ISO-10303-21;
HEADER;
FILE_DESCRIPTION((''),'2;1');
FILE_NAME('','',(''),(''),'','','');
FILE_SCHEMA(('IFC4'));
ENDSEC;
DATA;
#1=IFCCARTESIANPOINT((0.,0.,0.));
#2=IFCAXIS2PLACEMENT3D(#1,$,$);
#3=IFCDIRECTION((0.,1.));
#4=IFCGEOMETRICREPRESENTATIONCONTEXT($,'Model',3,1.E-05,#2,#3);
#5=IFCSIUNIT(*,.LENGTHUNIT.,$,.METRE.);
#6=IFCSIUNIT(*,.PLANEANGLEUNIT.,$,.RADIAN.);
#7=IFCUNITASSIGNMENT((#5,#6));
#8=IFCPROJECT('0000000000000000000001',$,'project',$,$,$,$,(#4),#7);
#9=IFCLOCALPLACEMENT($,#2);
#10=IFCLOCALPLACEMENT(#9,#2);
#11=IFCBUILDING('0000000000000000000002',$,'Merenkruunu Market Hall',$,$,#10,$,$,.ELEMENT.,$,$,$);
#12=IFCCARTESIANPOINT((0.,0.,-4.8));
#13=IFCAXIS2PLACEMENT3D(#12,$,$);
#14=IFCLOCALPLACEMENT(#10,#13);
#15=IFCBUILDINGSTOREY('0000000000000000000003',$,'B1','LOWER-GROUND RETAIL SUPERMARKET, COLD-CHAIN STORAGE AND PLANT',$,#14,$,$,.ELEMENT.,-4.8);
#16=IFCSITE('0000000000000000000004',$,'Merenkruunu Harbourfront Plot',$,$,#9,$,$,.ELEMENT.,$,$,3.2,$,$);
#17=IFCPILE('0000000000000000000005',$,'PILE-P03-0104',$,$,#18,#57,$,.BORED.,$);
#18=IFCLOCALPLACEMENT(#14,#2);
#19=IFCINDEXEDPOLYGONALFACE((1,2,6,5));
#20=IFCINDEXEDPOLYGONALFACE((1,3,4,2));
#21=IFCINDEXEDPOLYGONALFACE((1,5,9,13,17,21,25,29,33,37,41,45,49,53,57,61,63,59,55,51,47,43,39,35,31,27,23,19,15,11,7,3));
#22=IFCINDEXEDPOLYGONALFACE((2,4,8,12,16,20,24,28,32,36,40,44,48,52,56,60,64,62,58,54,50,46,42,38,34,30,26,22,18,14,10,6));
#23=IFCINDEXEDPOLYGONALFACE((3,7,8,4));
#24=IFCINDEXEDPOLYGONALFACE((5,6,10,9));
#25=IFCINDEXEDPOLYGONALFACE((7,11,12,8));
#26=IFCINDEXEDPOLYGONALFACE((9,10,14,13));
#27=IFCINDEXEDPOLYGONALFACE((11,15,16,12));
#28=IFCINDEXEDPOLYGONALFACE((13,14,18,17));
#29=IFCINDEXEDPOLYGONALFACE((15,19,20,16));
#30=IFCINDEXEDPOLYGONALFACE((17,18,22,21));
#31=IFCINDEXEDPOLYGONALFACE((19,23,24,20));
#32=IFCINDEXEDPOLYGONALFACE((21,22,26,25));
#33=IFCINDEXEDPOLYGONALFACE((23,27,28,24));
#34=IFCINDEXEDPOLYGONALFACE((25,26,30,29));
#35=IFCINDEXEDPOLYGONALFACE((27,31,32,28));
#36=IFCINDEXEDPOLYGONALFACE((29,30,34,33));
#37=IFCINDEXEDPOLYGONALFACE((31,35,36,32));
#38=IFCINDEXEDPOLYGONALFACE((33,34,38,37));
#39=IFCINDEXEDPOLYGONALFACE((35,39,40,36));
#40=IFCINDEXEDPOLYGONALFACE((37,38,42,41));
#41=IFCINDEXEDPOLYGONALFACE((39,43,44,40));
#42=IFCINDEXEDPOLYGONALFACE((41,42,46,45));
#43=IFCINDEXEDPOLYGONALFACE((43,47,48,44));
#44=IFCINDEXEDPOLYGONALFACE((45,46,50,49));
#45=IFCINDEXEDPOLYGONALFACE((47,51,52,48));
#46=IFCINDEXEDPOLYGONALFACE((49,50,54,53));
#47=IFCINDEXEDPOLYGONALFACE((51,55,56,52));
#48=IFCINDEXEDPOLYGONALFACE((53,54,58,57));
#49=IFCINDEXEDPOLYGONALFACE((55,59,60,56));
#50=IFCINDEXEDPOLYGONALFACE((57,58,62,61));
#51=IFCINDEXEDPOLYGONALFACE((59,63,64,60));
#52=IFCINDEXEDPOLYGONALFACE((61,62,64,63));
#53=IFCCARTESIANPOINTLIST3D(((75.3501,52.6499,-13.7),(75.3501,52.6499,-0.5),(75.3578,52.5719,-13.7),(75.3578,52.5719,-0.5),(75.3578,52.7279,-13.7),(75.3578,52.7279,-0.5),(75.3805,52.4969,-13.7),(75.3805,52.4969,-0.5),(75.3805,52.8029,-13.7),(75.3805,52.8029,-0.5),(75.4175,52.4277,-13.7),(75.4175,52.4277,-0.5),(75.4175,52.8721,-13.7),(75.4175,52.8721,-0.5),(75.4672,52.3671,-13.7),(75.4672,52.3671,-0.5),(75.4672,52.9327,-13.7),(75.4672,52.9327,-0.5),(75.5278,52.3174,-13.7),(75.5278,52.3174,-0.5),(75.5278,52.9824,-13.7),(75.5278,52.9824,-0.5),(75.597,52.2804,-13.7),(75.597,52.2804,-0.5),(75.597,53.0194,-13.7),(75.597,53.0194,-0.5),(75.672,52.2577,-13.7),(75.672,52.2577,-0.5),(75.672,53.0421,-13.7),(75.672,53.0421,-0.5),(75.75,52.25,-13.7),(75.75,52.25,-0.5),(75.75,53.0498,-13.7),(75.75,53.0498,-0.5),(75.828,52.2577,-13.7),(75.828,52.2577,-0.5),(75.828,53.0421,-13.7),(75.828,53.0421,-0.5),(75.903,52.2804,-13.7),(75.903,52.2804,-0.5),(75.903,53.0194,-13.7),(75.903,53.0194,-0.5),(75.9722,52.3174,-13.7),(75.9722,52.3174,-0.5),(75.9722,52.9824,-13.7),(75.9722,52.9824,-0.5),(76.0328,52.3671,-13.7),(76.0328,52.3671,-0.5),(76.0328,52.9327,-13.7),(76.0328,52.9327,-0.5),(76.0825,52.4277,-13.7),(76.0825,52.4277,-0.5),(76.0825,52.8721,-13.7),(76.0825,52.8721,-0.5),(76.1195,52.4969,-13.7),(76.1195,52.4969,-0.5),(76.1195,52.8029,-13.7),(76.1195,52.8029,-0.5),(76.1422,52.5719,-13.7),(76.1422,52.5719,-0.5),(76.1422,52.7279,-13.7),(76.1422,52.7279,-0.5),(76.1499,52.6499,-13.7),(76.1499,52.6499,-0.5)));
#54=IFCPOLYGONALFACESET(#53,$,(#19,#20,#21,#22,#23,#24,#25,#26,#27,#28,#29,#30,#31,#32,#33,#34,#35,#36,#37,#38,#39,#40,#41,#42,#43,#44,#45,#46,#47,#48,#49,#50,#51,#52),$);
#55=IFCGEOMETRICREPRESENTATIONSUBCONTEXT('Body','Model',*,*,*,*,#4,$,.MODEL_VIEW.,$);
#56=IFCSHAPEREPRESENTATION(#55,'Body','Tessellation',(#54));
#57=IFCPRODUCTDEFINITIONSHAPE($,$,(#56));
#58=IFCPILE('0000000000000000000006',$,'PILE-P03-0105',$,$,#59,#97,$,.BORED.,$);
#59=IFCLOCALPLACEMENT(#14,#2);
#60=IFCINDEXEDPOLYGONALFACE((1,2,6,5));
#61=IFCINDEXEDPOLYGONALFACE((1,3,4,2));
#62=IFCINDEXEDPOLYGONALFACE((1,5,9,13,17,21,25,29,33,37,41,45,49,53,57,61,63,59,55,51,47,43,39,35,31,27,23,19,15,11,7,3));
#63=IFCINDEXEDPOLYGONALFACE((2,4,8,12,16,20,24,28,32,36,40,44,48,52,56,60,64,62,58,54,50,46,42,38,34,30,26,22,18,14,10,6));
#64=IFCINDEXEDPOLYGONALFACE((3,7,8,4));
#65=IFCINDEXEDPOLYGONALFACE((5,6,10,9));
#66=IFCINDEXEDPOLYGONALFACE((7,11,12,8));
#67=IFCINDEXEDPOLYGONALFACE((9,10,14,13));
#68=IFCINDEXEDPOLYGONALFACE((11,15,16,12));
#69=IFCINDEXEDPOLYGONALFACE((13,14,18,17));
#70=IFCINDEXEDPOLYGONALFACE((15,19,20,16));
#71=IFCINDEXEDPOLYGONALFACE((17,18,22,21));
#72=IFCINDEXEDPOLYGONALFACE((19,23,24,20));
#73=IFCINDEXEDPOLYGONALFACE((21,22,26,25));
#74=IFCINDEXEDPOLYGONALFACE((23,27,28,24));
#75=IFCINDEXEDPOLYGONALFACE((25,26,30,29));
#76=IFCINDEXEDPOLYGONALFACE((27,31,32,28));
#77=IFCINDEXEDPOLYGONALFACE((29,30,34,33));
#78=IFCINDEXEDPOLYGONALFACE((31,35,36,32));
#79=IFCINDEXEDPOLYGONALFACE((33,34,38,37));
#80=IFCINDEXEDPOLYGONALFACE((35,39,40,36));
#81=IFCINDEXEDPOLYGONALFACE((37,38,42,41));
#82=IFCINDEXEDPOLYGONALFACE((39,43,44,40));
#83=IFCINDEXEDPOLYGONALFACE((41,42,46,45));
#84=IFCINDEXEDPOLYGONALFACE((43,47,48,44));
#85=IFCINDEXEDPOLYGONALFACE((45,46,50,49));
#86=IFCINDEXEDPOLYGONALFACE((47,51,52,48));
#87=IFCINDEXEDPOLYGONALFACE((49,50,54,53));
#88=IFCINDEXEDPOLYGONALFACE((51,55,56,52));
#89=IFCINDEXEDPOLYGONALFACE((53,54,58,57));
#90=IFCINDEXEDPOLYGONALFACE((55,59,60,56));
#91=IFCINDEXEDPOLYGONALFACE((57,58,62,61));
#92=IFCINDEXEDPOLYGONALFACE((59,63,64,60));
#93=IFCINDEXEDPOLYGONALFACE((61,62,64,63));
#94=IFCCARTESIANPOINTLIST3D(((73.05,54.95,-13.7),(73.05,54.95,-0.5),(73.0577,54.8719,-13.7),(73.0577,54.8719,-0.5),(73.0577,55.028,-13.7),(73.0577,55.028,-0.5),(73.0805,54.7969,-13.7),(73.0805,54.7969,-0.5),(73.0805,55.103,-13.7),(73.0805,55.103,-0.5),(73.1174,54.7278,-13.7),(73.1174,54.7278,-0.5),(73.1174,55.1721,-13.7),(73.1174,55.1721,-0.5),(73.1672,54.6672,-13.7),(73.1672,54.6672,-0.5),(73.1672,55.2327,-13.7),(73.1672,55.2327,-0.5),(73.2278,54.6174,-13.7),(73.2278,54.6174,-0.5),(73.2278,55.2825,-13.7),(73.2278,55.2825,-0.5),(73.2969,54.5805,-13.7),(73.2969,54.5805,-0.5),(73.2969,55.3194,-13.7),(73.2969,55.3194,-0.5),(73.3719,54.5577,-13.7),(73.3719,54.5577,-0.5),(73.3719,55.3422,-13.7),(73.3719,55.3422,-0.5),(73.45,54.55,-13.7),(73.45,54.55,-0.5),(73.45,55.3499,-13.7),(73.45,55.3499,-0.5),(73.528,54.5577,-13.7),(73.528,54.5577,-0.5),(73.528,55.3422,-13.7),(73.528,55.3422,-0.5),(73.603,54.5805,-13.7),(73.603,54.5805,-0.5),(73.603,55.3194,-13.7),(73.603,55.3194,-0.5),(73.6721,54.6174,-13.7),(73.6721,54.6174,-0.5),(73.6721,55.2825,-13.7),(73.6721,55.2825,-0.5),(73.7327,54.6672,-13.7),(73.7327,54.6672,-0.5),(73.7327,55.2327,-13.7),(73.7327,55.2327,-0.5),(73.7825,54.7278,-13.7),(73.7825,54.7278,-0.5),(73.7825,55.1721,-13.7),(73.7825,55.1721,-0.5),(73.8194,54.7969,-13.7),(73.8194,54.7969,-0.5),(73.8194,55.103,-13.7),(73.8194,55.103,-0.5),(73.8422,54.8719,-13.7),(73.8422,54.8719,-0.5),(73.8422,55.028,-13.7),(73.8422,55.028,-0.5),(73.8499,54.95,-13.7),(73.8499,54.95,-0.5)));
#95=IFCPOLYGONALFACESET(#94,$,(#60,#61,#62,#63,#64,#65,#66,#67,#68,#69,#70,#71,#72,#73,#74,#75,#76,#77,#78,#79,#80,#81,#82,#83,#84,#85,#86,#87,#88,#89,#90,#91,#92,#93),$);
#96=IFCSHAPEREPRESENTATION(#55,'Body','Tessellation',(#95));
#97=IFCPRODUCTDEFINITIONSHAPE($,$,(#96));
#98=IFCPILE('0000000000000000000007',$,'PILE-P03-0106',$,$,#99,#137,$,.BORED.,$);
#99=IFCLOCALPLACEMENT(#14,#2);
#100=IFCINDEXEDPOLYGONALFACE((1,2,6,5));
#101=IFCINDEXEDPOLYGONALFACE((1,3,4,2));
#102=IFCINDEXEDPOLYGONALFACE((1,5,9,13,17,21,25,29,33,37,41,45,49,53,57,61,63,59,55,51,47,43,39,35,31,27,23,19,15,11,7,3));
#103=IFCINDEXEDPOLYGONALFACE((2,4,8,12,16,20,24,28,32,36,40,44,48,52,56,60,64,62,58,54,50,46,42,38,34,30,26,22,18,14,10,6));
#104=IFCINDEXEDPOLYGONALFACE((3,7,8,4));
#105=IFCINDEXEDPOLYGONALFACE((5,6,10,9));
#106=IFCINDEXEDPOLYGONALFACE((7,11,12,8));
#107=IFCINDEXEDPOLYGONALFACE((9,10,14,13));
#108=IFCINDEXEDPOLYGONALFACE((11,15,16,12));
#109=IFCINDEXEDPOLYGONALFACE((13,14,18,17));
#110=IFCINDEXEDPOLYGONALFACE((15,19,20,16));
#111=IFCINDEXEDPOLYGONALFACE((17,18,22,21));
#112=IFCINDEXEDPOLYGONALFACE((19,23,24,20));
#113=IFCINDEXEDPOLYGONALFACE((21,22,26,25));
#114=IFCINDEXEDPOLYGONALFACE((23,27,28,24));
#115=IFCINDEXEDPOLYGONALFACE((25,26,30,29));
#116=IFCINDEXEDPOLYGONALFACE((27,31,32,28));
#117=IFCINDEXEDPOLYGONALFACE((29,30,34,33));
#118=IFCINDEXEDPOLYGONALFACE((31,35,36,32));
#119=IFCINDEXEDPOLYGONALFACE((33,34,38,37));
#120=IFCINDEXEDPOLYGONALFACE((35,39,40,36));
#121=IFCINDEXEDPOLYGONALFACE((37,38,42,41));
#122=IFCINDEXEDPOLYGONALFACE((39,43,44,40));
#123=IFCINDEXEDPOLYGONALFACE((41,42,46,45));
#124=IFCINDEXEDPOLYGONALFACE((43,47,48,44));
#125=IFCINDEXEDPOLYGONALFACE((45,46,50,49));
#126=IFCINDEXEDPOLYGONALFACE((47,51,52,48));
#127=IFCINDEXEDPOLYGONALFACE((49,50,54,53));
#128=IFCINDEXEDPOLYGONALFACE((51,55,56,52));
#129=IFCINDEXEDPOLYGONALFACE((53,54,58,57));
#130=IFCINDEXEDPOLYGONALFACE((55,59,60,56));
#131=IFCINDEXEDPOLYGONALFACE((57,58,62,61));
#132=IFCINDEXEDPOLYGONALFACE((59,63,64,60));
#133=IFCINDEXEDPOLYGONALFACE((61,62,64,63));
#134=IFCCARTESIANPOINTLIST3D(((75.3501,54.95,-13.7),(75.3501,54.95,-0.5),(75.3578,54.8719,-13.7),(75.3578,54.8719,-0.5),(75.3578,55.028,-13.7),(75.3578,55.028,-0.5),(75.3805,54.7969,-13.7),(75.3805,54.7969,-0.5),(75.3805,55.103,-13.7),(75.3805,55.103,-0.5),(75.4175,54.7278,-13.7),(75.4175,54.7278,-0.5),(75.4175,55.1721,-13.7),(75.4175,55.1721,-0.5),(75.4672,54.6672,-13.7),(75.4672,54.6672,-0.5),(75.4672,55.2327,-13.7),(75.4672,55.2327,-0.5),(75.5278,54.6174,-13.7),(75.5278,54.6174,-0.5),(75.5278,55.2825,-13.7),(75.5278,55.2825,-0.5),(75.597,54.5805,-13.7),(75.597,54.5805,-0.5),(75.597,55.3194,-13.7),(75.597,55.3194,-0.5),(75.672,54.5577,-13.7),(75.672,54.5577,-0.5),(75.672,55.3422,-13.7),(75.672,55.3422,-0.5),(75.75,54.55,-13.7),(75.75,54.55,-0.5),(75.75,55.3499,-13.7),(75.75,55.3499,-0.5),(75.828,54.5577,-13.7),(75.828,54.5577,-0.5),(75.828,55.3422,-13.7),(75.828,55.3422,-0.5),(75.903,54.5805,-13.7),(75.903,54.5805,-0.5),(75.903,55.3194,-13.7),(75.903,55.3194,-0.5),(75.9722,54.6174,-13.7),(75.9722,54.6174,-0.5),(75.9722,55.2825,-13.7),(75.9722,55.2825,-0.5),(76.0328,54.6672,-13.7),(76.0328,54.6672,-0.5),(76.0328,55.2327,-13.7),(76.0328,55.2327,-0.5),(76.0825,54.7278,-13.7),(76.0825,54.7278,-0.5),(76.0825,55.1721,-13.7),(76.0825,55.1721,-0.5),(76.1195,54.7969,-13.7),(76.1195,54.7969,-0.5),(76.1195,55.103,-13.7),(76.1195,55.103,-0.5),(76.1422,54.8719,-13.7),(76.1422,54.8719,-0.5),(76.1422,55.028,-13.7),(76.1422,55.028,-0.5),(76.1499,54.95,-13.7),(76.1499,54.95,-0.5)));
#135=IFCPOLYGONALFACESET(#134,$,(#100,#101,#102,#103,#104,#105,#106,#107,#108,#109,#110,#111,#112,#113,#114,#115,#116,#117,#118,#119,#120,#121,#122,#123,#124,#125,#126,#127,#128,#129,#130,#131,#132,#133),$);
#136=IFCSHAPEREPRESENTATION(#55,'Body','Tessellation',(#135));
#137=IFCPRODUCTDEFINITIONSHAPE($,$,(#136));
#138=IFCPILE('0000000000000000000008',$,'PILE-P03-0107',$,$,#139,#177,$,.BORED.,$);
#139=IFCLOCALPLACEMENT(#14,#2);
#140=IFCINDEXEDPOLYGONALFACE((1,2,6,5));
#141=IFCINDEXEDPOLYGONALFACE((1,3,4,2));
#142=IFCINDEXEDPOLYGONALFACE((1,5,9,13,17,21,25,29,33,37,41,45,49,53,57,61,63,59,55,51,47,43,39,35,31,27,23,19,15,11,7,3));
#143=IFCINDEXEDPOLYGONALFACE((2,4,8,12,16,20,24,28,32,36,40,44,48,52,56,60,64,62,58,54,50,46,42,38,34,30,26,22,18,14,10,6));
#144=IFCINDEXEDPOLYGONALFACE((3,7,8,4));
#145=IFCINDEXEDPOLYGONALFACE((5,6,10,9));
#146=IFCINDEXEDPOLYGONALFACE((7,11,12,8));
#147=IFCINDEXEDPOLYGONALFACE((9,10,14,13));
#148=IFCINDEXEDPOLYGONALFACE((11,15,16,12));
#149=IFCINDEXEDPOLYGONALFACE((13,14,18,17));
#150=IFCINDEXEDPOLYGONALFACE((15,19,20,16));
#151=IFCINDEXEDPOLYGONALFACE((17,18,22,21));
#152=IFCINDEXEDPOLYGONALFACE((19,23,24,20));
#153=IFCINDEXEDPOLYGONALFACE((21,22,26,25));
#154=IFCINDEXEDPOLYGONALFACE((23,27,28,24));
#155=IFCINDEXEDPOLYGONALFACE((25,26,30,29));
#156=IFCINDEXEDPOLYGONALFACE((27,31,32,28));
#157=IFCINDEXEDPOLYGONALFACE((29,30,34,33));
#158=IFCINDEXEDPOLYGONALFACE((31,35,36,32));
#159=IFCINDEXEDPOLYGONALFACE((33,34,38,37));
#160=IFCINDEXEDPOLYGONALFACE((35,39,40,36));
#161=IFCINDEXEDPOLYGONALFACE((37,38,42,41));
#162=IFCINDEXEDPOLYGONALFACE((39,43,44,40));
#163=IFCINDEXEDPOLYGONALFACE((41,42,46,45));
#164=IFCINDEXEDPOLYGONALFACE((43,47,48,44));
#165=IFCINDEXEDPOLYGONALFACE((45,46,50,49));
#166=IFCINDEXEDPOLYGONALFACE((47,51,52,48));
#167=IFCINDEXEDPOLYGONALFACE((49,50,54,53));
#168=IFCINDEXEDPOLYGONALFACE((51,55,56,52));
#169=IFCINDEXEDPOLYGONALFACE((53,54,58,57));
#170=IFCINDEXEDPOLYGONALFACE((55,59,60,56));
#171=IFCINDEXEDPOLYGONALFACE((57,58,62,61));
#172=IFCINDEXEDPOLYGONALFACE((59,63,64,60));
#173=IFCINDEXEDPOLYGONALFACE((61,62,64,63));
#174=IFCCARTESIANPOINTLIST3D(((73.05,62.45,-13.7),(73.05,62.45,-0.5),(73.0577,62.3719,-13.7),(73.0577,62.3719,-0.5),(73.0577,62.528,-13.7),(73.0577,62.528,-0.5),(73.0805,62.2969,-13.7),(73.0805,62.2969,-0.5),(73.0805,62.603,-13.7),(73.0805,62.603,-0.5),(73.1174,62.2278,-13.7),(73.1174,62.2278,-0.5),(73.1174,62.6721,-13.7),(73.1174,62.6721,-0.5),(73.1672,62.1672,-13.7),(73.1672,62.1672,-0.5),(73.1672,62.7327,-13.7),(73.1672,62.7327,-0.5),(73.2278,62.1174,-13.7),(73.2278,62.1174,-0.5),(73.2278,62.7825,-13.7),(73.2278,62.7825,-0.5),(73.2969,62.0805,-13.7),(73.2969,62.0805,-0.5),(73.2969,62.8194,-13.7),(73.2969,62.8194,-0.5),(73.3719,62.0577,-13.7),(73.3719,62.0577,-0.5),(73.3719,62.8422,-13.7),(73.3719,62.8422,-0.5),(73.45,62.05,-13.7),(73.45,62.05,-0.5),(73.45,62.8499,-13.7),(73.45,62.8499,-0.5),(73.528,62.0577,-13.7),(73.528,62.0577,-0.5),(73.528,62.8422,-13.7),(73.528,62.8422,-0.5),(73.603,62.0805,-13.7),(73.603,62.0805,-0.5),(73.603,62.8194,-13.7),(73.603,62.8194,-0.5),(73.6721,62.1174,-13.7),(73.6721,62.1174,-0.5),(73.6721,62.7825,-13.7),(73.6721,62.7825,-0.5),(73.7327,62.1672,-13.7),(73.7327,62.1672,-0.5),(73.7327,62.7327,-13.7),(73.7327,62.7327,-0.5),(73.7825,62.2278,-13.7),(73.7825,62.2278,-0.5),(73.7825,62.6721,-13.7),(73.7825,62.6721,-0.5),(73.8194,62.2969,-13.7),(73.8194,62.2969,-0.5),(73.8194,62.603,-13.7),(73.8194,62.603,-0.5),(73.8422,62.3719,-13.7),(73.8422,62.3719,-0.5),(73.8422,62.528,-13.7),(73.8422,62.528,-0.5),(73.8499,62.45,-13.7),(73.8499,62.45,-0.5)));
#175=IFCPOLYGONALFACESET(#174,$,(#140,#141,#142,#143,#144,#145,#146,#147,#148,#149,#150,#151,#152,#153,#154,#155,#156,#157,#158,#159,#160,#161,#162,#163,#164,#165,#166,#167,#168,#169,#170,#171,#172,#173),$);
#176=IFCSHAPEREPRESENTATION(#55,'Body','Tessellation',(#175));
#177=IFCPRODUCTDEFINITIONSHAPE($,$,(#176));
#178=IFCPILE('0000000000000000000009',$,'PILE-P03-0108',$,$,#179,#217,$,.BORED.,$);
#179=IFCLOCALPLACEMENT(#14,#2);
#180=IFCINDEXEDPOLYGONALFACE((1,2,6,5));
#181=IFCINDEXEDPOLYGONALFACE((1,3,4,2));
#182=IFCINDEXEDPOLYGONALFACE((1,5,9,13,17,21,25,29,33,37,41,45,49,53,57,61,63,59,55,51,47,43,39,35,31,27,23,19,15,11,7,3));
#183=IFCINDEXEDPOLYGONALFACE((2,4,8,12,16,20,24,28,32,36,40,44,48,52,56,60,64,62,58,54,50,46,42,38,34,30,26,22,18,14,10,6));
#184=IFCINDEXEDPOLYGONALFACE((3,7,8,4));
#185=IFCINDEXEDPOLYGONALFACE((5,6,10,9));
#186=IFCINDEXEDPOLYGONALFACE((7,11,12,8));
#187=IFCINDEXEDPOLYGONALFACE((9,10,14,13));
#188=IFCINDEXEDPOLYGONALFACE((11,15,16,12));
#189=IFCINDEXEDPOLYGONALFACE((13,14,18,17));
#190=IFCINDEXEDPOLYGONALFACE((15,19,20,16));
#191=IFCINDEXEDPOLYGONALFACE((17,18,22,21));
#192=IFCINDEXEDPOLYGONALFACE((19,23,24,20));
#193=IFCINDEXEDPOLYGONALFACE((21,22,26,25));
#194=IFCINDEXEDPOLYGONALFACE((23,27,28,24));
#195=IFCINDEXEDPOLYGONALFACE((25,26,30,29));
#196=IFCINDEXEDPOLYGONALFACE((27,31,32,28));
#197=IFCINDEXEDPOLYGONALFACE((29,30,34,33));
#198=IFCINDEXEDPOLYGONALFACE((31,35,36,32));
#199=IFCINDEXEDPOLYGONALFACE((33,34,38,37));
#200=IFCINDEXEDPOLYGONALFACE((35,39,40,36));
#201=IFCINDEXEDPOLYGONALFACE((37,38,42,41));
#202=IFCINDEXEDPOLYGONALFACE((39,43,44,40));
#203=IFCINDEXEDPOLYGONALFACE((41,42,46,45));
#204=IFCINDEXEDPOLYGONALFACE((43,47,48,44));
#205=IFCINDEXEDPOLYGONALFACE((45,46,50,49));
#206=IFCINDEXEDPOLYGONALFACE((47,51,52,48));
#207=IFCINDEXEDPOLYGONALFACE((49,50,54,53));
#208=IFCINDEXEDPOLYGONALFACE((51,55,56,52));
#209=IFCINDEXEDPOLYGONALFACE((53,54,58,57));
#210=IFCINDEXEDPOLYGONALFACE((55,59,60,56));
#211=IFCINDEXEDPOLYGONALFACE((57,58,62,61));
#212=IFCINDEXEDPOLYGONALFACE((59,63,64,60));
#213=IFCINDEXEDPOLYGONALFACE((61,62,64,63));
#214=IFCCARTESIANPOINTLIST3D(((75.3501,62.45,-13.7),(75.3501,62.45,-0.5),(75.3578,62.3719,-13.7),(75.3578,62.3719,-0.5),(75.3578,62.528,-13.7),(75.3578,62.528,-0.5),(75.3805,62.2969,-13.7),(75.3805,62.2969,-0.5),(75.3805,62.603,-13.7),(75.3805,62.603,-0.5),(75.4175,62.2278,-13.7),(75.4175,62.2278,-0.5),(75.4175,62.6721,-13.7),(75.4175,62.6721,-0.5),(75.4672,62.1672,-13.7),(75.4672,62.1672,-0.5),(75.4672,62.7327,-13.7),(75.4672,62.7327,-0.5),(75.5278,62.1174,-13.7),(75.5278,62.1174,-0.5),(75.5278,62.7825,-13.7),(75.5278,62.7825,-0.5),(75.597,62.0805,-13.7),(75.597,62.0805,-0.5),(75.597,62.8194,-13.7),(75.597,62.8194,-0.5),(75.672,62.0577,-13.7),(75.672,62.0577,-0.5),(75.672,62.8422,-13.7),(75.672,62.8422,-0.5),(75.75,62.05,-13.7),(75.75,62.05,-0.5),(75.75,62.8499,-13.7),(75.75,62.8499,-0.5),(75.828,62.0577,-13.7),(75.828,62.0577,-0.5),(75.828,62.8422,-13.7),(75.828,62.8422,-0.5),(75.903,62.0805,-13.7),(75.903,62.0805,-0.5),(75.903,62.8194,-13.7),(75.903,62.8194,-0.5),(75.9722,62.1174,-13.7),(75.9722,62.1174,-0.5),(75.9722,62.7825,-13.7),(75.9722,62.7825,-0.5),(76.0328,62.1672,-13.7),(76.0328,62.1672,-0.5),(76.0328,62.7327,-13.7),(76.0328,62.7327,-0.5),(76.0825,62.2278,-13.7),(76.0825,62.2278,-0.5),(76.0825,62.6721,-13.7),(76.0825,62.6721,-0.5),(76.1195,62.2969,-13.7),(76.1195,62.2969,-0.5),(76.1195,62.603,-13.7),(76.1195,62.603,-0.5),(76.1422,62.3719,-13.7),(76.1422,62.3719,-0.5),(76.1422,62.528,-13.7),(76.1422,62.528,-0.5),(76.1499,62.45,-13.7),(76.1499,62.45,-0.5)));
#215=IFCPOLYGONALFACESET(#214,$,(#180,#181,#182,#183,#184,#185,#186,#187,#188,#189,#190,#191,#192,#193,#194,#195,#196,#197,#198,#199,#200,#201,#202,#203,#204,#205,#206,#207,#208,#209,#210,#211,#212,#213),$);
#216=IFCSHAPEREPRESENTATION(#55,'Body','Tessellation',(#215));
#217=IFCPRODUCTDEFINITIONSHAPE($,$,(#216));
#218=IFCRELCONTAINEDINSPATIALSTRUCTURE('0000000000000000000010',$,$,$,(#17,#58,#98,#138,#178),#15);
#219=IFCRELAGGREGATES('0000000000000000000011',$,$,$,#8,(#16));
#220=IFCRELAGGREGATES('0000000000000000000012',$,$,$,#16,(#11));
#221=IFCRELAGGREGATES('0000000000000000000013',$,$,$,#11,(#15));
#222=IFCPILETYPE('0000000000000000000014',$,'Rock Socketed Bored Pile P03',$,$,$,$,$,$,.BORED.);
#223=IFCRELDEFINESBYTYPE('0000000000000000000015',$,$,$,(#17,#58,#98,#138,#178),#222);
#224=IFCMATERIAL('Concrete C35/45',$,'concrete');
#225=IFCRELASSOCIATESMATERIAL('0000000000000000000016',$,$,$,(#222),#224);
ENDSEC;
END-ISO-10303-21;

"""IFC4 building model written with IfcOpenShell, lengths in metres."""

from ifc_helpers import new_model, si_unit, direction, frame, origin, origin_2d, place, context, subcontext, project, spatial, circle, extrude, material, material_profile, profile_set, type_object, element, save


model = new_model("IFC4")

# Units and contexts
model_context = context("Model", 3, precision=1e-05, world=origin(), true_north=direction((0.0, 1.0)))
body_context = subcontext(model_context, "Body", "Model", "MODEL_VIEW")
ifc_project = project(units=[si_unit("LENGTHUNIT", "METRE"), si_unit("PLANEANGLEUNIT", "RADIAN")], contexts=[model_context])

# Site, building, storey
site_placement = place(None, origin())
site = spatial("IfcSite", under=ifc_project, at=site_placement, Name="Merenkruunu Harbourfront Plot", CompositionType="ELEMENT", RefElevation=3.2)
building_placement = place(site_placement, origin())
building = spatial("IfcBuilding", under=site, at=building_placement, Name="Merenkruunu Market Hall", CompositionType="ELEMENT")
storey_placement = place(building_placement, frame((0.0, 0.0, -4.8)))
storey = spatial("IfcBuildingStorey", under=building, at=storey_placement, Name="B1", Description="LOWER-GROUND RETAIL SUPERMARKET, COLD-CHAIN STORAGE AND PLANT", CompositionType="ELEMENT", Elevation=-4.8)

# Shared definitions
ifc_material_1 = material(Name="Concrete C35/45", Category="concrete")

# Piles
ifc_material_profile_1 = material_profile(ifc_material_1, circle(Radius=0.3999, at=origin_2d()), Name="BORED PILE 800")
ifc_profile_set_1 = profile_set([ifc_material_profile_1], Name="Concrete C35/45")
pile_type_1 = type_object("IfcPileType", Name="Rock Socketed Bored Pile P03", PredefinedType="BORED", material=ifc_profile_set_1)
for number, where, z_axis, x_axis, name in (
    (1, (75.75, 52.6499, -0.5), (0.0, 0.0, -1.0), (1.0, 0.0, 0.0), "PILE-P03-0104"),
    (2, (73.45, 54.95, -0.5), (0.0, 0.0, -1.0), (1.0, 0.0, 0.0), "PILE-P03-0105"),
    (3, (75.75, 54.95, -0.5), (0.0, 0.0, -1.0), (1.0, 0.0, 0.0), "PILE-P03-0106"),
    (4, (73.45, 62.45, -0.5), (0.0, 0.0, -1.0), (1.0, 0.0, 0.0), "PILE-P03-0107"),
    (5, (75.75, 62.45, -0.5), (0.0, 0.0, -1.0), (1.0, 0.0, 0.0), "PILE-P03-0108"),
):
    element("IfcPile", number, at=place(storey_placement, frame(where, z_axis=z_axis, x_axis=x_axis)), inside=storey, type_object=pile_type_1, Name=name, PredefinedType="BORED", context=body_context, shape_type="SweptSolid", body=[
        extrude(circle(Radius=0.3999, at=origin_2d()), origin(), (0.0, 0.0, 1.0), 13.2),
    ])

save(model, "model.ifc")
